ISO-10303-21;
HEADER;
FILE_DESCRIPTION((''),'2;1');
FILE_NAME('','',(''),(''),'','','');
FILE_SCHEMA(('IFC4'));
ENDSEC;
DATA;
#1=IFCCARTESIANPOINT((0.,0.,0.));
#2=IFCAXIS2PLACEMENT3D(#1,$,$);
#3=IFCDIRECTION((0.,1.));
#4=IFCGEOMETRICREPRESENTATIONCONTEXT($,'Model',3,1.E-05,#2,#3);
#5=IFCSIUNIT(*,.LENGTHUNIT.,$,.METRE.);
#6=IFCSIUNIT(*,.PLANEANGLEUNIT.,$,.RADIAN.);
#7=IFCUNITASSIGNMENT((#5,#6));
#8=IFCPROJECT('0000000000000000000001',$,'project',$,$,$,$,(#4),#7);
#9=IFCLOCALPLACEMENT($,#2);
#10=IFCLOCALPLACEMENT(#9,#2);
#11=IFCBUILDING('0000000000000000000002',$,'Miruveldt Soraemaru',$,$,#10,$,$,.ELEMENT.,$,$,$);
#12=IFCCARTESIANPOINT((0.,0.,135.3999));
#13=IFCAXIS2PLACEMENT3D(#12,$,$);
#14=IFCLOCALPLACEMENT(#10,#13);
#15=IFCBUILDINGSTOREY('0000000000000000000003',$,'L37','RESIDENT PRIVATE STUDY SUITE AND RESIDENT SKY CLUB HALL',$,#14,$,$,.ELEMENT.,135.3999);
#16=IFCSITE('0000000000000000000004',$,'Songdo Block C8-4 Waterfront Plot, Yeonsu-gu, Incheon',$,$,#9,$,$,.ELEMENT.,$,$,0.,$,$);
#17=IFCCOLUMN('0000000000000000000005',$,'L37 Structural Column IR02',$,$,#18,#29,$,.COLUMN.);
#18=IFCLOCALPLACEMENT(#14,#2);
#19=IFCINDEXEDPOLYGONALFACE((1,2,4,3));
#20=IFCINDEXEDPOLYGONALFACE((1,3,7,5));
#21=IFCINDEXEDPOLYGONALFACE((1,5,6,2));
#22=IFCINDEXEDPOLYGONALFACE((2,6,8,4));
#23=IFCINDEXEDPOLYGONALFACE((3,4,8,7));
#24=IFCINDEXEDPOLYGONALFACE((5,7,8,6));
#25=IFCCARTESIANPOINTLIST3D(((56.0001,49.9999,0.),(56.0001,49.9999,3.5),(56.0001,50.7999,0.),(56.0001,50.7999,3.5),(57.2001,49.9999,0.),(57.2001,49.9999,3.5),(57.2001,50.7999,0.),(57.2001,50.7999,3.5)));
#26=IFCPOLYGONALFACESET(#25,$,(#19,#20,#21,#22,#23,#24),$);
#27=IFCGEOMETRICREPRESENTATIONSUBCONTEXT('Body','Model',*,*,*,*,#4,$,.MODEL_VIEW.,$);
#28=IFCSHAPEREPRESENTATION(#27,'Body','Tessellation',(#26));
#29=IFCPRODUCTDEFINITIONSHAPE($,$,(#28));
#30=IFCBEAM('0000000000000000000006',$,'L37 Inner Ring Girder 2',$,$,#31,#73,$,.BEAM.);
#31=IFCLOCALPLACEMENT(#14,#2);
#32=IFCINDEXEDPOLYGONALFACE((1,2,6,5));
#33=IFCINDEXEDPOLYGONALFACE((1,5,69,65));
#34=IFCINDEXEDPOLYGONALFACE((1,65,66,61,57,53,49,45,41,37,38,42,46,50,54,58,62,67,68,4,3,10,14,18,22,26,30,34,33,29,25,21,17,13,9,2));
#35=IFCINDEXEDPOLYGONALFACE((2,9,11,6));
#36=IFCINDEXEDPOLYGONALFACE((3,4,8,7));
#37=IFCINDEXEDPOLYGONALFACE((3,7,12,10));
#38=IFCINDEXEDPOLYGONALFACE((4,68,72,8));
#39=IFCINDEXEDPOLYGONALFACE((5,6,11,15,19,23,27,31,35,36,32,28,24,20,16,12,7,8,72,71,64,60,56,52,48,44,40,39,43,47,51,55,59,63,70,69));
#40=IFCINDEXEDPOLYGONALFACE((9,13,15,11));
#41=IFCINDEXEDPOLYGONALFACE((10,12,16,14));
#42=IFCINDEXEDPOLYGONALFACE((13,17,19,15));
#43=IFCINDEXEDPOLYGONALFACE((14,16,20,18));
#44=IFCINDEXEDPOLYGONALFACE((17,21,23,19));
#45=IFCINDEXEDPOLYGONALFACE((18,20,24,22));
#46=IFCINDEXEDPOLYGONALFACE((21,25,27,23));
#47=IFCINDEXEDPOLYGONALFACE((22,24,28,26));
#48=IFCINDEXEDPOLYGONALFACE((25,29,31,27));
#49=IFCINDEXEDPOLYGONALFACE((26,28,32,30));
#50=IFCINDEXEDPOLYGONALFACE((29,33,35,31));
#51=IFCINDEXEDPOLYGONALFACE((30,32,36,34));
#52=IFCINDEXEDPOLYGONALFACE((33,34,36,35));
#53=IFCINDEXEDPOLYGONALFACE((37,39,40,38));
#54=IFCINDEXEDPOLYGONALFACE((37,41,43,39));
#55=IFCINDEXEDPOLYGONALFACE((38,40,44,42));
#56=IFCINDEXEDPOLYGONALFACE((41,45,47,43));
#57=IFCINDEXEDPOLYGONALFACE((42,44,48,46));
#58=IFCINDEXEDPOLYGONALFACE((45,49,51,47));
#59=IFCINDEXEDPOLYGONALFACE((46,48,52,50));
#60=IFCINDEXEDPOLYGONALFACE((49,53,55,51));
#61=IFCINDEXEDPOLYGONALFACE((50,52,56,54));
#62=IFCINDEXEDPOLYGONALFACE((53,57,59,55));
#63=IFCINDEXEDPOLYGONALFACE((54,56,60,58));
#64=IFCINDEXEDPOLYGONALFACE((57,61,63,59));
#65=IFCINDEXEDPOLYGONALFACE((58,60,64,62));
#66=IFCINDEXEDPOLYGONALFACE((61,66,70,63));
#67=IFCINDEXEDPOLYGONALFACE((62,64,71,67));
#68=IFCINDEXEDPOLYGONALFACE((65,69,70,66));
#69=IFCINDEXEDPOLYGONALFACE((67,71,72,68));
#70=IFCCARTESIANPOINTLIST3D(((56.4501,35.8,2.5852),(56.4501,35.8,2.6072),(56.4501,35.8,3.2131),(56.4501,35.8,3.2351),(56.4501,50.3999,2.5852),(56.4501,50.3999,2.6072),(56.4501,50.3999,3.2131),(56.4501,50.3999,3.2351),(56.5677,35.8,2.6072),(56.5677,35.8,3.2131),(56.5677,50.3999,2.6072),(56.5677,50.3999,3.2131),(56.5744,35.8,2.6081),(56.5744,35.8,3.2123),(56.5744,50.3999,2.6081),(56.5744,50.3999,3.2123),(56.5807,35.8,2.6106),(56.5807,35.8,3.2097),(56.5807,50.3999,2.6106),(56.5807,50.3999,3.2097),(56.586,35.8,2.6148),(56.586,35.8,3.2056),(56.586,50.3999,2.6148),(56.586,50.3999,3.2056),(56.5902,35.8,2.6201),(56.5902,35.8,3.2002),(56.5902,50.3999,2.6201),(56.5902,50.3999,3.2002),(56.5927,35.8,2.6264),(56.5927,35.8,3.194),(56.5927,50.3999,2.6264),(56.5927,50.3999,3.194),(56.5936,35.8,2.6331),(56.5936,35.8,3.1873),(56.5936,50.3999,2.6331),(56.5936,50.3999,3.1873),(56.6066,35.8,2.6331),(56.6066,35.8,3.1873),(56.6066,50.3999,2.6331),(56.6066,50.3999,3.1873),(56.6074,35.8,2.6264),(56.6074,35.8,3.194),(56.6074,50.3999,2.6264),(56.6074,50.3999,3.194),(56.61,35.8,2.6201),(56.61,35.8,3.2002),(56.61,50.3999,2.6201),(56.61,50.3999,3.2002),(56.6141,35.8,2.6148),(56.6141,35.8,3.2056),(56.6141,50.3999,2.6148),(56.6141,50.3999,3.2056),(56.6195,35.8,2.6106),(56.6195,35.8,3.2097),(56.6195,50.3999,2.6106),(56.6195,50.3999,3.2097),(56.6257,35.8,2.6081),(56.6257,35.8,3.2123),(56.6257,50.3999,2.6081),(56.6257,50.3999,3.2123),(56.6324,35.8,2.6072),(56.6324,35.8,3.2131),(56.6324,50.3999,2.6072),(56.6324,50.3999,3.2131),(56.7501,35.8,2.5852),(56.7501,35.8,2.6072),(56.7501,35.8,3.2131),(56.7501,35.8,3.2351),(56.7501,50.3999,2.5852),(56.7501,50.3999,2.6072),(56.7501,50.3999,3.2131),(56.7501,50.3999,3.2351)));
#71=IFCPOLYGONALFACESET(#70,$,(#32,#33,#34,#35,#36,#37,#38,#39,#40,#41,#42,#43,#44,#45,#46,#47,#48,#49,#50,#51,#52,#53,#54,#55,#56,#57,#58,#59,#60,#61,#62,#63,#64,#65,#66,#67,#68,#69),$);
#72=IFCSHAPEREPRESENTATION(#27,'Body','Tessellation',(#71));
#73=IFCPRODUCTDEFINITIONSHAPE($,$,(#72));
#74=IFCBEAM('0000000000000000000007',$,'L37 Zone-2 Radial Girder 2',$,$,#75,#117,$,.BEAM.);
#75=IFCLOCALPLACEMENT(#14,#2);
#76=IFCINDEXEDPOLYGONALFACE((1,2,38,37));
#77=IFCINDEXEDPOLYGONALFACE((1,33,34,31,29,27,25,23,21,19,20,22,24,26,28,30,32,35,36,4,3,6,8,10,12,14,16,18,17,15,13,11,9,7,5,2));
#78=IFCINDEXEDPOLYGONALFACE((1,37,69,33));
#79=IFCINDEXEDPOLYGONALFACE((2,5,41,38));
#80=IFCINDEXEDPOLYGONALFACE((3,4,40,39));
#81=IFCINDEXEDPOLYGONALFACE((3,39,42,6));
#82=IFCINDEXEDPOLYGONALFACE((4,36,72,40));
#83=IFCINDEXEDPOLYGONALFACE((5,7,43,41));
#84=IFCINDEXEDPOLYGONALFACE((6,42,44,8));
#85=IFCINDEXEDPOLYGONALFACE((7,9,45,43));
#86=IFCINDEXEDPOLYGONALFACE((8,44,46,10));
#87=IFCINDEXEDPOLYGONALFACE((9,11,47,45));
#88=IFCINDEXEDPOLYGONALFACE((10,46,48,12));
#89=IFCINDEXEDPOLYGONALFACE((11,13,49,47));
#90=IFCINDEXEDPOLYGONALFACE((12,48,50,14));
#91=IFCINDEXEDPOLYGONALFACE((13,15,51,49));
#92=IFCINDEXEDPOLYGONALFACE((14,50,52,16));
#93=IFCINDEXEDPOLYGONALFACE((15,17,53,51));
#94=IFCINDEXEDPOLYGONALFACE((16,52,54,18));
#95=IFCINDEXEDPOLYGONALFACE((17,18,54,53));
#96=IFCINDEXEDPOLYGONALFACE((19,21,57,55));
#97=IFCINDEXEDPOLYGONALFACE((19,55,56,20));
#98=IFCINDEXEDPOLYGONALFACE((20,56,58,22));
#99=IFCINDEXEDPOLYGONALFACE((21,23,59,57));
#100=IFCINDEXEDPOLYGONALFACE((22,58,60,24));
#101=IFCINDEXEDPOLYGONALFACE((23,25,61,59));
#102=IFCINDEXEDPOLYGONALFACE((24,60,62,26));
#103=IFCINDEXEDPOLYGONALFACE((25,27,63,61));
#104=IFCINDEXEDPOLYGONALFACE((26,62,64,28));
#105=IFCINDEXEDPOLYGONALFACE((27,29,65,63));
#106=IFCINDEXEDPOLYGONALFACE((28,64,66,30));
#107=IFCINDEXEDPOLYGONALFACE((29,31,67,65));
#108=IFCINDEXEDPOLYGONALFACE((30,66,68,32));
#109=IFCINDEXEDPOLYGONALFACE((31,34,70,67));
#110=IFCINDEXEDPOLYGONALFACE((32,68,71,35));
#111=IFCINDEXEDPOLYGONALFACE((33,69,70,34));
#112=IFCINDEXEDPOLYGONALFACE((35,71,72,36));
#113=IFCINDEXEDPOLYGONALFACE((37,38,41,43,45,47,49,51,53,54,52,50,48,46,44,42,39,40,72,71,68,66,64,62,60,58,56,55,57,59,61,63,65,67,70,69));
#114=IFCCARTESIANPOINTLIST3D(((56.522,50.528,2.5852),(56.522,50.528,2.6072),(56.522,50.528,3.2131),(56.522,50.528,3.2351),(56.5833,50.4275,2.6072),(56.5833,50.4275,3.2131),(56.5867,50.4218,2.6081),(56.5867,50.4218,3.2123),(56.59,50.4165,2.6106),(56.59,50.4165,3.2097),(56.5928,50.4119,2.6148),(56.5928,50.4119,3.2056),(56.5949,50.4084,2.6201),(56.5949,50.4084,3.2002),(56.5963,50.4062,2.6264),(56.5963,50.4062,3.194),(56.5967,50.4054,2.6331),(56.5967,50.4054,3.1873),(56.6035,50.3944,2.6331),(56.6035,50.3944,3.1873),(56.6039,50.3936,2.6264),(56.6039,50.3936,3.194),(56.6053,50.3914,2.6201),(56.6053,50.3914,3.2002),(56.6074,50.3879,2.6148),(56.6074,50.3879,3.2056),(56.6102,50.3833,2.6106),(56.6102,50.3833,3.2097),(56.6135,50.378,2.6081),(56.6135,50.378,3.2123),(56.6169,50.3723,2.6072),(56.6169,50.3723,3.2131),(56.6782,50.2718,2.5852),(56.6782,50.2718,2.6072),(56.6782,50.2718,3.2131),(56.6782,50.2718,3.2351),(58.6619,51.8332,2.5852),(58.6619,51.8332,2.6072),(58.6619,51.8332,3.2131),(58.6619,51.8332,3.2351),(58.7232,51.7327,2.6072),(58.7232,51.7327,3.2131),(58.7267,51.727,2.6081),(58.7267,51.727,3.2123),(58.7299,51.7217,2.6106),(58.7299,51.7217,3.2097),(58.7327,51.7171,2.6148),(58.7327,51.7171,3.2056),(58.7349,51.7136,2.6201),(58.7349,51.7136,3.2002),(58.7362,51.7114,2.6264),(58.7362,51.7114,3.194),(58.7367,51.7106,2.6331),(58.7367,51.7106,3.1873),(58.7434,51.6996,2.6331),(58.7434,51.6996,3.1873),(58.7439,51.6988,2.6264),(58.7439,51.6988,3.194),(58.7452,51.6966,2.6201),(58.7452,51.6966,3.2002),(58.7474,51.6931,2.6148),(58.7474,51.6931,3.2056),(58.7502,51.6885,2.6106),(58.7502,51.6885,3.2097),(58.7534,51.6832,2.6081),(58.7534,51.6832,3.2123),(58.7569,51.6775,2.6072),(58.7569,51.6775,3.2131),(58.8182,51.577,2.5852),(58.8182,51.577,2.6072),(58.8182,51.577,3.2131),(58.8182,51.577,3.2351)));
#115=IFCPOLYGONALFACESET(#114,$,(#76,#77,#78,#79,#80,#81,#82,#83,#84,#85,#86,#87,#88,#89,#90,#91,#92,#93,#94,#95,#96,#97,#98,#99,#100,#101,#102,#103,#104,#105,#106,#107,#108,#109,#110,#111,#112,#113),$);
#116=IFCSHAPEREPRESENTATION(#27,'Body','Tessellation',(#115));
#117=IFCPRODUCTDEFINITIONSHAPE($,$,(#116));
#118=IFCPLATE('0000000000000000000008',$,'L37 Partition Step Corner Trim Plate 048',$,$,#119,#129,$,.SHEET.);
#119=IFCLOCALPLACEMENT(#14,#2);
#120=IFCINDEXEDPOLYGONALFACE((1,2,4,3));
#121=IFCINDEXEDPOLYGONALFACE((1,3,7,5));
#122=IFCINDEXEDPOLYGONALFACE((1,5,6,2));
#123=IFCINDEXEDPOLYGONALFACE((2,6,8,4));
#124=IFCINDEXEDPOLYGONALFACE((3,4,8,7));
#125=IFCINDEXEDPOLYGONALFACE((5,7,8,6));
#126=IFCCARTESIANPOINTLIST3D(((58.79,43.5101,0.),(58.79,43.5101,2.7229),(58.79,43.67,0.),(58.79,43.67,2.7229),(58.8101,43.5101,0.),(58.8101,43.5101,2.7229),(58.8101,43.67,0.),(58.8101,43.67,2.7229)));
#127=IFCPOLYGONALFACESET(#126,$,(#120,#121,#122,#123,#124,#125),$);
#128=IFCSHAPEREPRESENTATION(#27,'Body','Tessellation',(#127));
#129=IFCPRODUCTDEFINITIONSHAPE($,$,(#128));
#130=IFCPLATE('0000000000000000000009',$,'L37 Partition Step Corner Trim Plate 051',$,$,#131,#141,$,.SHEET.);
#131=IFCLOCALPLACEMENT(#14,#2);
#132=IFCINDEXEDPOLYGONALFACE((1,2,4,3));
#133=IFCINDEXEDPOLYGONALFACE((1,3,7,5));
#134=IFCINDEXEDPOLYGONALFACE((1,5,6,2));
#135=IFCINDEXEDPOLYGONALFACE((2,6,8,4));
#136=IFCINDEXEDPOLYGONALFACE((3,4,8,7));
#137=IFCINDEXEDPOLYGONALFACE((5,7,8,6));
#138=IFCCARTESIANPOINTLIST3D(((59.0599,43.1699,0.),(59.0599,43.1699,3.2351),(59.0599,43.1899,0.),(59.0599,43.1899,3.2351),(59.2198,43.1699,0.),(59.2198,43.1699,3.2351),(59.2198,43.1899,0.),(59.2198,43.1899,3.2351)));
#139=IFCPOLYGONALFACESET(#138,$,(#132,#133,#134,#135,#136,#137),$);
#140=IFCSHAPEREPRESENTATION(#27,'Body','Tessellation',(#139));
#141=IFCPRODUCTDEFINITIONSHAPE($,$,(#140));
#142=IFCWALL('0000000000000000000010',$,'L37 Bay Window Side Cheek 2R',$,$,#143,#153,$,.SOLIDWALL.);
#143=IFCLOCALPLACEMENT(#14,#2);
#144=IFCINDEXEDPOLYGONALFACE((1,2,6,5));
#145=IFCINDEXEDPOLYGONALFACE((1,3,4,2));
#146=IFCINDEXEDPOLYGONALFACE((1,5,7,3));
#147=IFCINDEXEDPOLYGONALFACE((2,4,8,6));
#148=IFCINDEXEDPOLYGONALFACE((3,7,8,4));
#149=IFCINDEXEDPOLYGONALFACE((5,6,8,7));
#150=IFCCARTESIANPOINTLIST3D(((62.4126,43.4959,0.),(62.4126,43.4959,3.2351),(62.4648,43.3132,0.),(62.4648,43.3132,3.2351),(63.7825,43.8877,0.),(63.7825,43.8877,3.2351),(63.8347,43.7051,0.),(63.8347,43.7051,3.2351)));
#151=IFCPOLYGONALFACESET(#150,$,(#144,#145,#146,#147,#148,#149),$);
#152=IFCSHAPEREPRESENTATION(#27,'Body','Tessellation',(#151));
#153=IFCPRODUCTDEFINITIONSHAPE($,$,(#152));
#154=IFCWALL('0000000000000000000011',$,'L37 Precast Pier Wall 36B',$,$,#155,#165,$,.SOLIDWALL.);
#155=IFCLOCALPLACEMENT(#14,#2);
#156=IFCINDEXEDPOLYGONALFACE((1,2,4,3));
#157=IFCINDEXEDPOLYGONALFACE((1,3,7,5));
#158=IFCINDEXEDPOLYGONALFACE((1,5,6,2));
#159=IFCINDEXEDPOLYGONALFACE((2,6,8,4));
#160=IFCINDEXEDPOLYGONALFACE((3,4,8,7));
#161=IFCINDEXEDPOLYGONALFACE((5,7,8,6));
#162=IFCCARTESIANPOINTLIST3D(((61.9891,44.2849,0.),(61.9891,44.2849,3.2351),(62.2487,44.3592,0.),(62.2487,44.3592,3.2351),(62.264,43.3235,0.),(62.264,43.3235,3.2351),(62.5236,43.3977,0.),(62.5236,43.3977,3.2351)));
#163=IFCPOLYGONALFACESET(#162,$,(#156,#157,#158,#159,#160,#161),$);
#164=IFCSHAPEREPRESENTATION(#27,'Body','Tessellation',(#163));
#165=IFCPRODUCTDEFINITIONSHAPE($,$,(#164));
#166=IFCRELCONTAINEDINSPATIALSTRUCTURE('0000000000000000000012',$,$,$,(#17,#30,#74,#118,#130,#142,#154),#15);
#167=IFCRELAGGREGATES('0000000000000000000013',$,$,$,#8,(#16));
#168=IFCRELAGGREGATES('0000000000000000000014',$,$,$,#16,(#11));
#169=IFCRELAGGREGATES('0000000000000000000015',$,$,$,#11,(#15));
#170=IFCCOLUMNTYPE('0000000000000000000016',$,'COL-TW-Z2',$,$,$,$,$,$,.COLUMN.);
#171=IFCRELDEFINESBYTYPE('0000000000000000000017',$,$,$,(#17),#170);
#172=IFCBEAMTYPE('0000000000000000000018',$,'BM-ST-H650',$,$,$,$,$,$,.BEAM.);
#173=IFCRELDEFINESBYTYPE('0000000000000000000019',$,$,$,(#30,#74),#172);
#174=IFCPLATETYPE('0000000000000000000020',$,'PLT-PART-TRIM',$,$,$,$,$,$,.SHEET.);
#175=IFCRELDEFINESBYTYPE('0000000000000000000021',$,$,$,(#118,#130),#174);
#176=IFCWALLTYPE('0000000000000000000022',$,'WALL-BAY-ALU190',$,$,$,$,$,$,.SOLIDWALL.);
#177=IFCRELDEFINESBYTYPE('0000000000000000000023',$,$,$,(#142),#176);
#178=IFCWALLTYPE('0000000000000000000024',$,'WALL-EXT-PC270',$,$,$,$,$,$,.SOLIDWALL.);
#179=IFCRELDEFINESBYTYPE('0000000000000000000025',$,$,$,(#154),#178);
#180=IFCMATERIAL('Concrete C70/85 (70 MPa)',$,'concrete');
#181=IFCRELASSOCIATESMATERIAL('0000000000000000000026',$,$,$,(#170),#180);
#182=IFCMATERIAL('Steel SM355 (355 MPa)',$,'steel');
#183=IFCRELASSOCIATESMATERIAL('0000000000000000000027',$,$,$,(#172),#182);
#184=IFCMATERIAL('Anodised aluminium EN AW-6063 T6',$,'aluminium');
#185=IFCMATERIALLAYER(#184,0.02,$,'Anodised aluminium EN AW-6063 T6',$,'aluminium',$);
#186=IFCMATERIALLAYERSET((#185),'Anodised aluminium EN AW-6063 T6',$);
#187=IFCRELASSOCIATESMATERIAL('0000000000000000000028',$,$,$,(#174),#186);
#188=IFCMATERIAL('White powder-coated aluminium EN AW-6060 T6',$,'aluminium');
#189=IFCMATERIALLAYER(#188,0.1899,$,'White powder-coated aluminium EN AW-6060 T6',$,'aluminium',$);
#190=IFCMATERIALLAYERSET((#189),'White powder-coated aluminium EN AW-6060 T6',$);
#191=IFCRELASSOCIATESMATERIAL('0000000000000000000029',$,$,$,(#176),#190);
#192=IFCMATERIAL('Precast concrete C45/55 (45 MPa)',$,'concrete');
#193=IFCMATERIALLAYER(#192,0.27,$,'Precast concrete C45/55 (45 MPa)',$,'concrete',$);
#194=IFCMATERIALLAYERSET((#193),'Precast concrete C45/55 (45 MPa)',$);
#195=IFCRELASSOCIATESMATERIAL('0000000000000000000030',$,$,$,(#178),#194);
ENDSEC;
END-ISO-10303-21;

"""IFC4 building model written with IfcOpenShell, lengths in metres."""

from ifc_helpers import new_model, si_unit, direction, frame, frame_2d, origin, origin_2d, place, context, subcontext, project, spatial, rectangle, i_section, extrude, material, layer, layer_set, material_profile, profile_set, type_object, element, save


model = new_model("IFC4")

# Units and contexts
model_context = context("Model", 3, precision=1e-05, world=origin(), true_north=direction((0.0, 1.0)))
body_context = subcontext(model_context, "Body", "Model", "MODEL_VIEW")
ifc_project = project(units=[si_unit("LENGTHUNIT", "METRE"), si_unit("PLANEANGLEUNIT", "RADIAN")], contexts=[model_context])

# Site, building, storey
site_placement = place(None, origin())
site = spatial("IfcSite", under=ifc_project, at=site_placement, Name="Songdo Block C8-4 Waterfront Plot, Yeonsu-gu, Incheon", CompositionType="ELEMENT", RefElevation=0.0)
building_placement = place(site_placement, origin())
building = spatial("IfcBuilding", under=site, at=building_placement, Name="Miruveldt Soraemaru", CompositionType="ELEMENT")
storey_placement = place(building_placement, frame((0.0, 0.0, 135.3999)))
storey = spatial("IfcBuildingStorey", under=building, at=storey_placement, Name="L37", Description="RESIDENT PRIVATE STUDY SUITE AND RESIDENT SKY CLUB HALL", CompositionType="ELEMENT", Elevation=135.3999)

# Column
ifc_material_1 = material(Name="Concrete C70/85 (70 MPa)", Category="concrete")
ifc_material_profile_1 = material_profile(ifc_material_1, rectangle(XDim=1.2, YDim=0.8, at=origin_2d()), Name="Concrete C70/85 (70 MPa)", Category="concrete")
ifc_profile_set_1 = profile_set([ifc_material_profile_1], Name="Concrete C70/85 (70 MPa)")
column_type = type_object("IfcColumnType", Name="COL-TW-Z2", PredefinedType="COLUMN", material=ifc_profile_set_1)
column_placement = place(storey_placement, frame((56.6001, 50.3999, 0.0), z_axis=(0.0, 0.0, 1.0), x_axis=(1.0, 0.0, 0.0)))
element("IfcColumn", 1, at=column_placement, inside=storey, type_object=column_type, Name="L37 Structural Column IR02", PredefinedType="COLUMN", context=body_context, shape_type="SweptSolid", body=[
    extrude(rectangle(XDim=1.2, YDim=0.8, at=origin_2d()), origin(), (0.0, 0.0, 1.0), 3.5),
])

# Beams
ifc_material_2 = material(Name="Steel SM355 (355 MPa)", Category="steel")
ifc_material_profile_2 = material_profile(ifc_material_2, i_section(OverallWidth=0.3, OverallDepth=0.6499, WebThickness=0.0129, FlangeThickness=0.022, FilletRadius=0.0259, at=origin_2d()), Name="Steel SM355 (355 MPa)", Category="steel")
ifc_profile_set_2 = profile_set([ifc_material_profile_2], Name="Steel SM355 (355 MPa)")
beam_type = type_object("IfcBeamType", Name="BM-ST-H650", PredefinedType="BEAM", material=ifc_profile_set_2)
beam_1_placement = place(storey_placement, frame((56.6001, 50.3999, 2.9102), z_axis=(0.0, -1.0, 0.0), x_axis=(1.0, 0.0, 0.0)))
element("IfcBeam", 2, at=beam_1_placement, inside=storey, type_object=beam_type, Name="L37 Inner Ring Girder 2", PredefinedType="BEAM", context=body_context, shape_type="SweptSolid", body=[
    extrude(i_section(OverallWidth=0.3, OverallDepth=0.6499, WebThickness=0.0129, FlangeThickness=0.022, FilletRadius=0.0259, at=origin_2d()), origin(), (0.0, 0.0, 1.0), 14.5999),
])
beam_2_placement = place(storey_placement, frame((56.6001, 50.3999, 2.9102), z_axis=(0.853732, 0.520713, 0.0), x_axis=(-0.520713, 0.853732, 0.0)))
element("IfcBeam", 3, at=beam_2_placement, inside=storey, type_object=beam_type, Name="L37 Zone-2 Radial Girder 2", PredefinedType="BEAM", context=body_context, shape_type="SweptSolid", body=[
    extrude(i_section(OverallWidth=0.3, OverallDepth=0.6499, WebThickness=0.0129, FlangeThickness=0.022, FilletRadius=0.0259, at=origin_2d()), origin(), (0.0, 0.0, 1.0), 2.5066),
])

# Plates
ifc_material_3 = material(Name="Anodised aluminium EN AW-6063 T6", Category="aluminium")
ifc_layer_1 = layer(ifc_material_3, 0.02, Name="Anodised aluminium EN AW-6063 T6", Category="aluminium")
ifc_layer_set_1 = layer_set([ifc_layer_1], Name="Anodised aluminium EN AW-6063 T6")
plate_type = type_object("IfcPlateType", Name="PLT-PART-TRIM", PredefinedType="SHEET", material=ifc_layer_set_1)
plate_1_placement = place(storey_placement, frame((58.8, 43.5901, 0.0), z_axis=(0.0, 0.0, 1.0), x_axis=(0.0, 1.0, 0.0)))
element("IfcPlate", 4, at=plate_1_placement, inside=storey, type_object=plate_type, Name="L37 Partition Step Corner Trim Plate 048", PredefinedType="SHEET", context=body_context, shape_type="SweptSolid", body=[
    extrude(rectangle(XDim=0.1599, YDim=0.02, at=origin_2d()), origin(), (0.0, 0.0, 1.0), 2.7229),
])
plate_2_placement = place(storey_placement, frame((59.1399, 43.1799, 0.0), z_axis=(0.0, 0.0, 1.0), x_axis=(-1.0, 0.0, 0.0)))
element("IfcPlate", 5, at=plate_2_placement, inside=storey, type_object=plate_type, Name="L37 Partition Step Corner Trim Plate 051", PredefinedType="SHEET", context=body_context, shape_type="SweptSolid", body=[
    extrude(rectangle(XDim=0.1599, YDim=0.02, at=origin_2d()), origin(), (0.0, 0.0, 1.0), 3.2351),
])

# Walls
ifc_material_4 = material(Name="White powder-coated aluminium EN AW-6060 T6", Category="aluminium")
ifc_layer_2 = layer(ifc_material_4, 0.1899, Name="White powder-coated aluminium EN AW-6060 T6", Category="aluminium")
ifc_layer_set_2 = layer_set([ifc_layer_2], Name="White powder-coated aluminium EN AW-6060 T6")
wall_type_1 = type_object("IfcWallType", Name="WALL-BAY-ALU190", PredefinedType="SOLIDWALL", material=ifc_layer_set_2)
wall_1_placement = place(storey_placement, frame((63.8086, 43.7964, 0.0), z_axis=(0.0, 0.0, 1.0), x_axis=(-0.96144, -0.275015, 0.0)))
element("IfcWall", 6, at=wall_1_placement, inside=storey, type_object=wall_type_1, Name="L37 Bay Window Side Cheek 2R", PredefinedType="SOLIDWALL", context=body_context, shape_type="SweptSolid", body=[
    extrude(rectangle(XDim=1.4248, YDim=0.1899, at=frame_2d((0.7124, 0.0))), origin(), (0.0, 0.0, 1.0), 3.2351),
])
ifc_material_5 = material(Name="Precast concrete C45/55 (45 MPa)", Category="concrete")
ifc_layer_3 = layer(ifc_material_5, 0.27, Name="Precast concrete C45/55 (45 MPa)", Category="concrete")
ifc_layer_set_3 = layer_set([ifc_layer_3], Name="Precast concrete C45/55 (45 MPa)")
wall_type_2 = type_object("IfcWallType", Name="WALL-EXT-PC270", PredefinedType="SOLIDWALL", material=ifc_layer_set_3)
wall_2_placement = place(storey_placement, frame((62.3938, 43.3606, 0.0), z_axis=(0.0, 0.0, 1.0), x_axis=(-0.274915, 0.961469, 0.0)))
element("IfcWall", 7, at=wall_2_placement, inside=storey, type_object=wall_type_2, Name="L37 Precast Pier Wall 36B", PredefinedType="SOLIDWALL", context=body_context, shape_type="SweptSolid", body=[
    extrude(rectangle(XDim=1.0, YDim=0.27, at=frame_2d((0.5, 0.0))), origin(), (0.0, 0.0, 1.0), 3.2351),
])

save(model, "model.ifc")
